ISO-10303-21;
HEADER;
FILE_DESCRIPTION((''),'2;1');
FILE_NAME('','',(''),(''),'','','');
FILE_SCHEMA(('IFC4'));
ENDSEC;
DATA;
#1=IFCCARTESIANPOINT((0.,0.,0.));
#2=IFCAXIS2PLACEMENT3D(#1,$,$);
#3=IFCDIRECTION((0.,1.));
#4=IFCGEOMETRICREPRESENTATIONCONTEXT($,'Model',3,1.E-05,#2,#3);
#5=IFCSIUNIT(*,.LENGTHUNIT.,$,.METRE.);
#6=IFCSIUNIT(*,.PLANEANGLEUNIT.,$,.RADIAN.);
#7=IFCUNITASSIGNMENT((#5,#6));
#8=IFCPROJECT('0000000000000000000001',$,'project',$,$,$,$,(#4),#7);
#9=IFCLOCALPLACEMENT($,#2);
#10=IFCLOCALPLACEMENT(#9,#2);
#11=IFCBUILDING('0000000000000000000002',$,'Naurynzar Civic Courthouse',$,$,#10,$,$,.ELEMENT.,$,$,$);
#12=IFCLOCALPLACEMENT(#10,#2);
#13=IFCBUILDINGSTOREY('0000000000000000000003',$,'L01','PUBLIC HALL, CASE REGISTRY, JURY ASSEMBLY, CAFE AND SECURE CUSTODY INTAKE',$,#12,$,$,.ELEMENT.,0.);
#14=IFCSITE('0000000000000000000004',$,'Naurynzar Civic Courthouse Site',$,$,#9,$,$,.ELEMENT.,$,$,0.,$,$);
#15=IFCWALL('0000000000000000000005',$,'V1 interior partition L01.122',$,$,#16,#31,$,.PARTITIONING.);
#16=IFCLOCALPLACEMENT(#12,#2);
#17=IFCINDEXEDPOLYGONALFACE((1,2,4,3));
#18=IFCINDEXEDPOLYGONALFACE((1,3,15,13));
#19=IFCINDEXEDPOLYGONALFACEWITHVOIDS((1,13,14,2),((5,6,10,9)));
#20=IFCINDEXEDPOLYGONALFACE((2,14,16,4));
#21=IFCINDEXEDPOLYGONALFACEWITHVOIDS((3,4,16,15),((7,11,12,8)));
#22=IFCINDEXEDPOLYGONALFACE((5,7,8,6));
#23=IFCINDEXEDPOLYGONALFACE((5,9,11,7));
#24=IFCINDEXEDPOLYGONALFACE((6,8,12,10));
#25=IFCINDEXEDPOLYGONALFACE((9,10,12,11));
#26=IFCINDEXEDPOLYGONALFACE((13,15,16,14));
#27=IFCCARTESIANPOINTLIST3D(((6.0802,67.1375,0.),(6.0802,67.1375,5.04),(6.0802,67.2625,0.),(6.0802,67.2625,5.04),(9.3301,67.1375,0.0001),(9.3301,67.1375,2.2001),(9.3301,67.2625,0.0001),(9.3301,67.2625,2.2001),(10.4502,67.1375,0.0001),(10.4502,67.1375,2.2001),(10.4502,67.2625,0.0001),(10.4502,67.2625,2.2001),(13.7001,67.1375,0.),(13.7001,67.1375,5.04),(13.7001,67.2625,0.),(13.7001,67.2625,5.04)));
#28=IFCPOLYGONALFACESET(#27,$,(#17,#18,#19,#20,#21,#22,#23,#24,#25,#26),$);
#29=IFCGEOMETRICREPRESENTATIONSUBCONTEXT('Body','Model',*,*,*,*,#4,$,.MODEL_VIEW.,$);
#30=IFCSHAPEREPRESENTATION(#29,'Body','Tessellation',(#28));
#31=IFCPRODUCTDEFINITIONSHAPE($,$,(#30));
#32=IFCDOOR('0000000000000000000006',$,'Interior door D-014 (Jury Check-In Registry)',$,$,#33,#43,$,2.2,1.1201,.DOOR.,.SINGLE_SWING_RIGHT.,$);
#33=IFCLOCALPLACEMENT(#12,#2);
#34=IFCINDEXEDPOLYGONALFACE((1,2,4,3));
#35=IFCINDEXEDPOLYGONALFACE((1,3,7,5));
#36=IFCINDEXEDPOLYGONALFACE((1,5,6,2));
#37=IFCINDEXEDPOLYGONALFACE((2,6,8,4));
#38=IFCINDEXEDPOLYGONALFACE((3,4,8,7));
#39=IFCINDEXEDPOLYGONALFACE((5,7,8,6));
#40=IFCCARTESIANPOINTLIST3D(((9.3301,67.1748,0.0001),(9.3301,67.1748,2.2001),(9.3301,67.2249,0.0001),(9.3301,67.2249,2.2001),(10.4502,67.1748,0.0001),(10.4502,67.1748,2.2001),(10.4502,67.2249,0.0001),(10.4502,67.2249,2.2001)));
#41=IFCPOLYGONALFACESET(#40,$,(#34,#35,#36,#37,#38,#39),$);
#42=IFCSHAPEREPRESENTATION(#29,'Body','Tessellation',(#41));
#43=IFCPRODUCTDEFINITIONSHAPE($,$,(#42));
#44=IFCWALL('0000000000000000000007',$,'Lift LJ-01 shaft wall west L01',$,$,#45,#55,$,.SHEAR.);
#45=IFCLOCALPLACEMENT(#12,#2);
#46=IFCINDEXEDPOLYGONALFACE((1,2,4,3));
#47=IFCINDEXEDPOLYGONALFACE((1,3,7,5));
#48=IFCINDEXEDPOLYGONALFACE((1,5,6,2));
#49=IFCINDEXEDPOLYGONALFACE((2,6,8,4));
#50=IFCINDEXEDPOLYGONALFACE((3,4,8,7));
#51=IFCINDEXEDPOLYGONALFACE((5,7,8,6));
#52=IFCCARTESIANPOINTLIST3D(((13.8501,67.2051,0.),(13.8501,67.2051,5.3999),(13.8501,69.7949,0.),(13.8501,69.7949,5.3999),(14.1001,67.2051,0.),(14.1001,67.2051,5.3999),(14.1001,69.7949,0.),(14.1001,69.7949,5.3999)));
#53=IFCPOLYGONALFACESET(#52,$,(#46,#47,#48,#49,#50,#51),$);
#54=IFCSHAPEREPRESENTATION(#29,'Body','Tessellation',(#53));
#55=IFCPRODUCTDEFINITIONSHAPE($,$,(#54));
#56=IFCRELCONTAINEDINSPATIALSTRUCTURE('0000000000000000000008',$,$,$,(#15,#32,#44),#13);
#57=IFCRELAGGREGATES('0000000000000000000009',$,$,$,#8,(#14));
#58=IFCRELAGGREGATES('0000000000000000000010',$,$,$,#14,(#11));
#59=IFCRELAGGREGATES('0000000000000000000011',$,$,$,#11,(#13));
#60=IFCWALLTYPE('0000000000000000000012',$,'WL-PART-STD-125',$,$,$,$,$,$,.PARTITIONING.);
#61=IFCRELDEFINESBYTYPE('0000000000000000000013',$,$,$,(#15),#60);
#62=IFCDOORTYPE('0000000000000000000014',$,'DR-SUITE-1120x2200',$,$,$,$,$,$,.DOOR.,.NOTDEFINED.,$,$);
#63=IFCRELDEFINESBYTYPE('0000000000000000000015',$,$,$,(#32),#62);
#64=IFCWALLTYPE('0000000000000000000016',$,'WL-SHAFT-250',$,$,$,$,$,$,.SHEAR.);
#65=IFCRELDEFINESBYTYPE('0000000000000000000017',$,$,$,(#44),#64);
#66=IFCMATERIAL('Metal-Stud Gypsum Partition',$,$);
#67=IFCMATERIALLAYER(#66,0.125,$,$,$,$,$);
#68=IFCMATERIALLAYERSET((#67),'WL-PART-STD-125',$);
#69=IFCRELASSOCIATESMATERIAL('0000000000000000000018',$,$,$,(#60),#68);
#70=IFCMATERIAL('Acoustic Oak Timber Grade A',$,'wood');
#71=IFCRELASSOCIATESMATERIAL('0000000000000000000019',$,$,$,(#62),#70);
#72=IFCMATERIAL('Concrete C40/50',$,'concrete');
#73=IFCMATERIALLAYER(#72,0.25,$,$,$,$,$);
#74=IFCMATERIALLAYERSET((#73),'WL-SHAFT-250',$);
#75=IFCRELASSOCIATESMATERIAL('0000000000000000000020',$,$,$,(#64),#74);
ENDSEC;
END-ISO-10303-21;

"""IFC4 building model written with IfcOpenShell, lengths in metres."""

from ifc_helpers import new_model, si_unit, direction, frame, frame_2d, origin, place, context, subcontext, project, spatial, rectangle, extrude, material, layer, layer_set, type_object, element, fill, save


model = new_model("IFC4")

# Units and contexts
model_context = context("Model", 3, precision=1e-05, world=origin(), true_north=direction((0.0, 1.0)))
body_context = subcontext(model_context, "Body", "Model", "MODEL_VIEW")
ifc_project = project(units=[si_unit("LENGTHUNIT", "METRE"), si_unit("PLANEANGLEUNIT", "RADIAN")], contexts=[model_context])

# Site, building, storey
site_placement = place(None, origin())
site = spatial("IfcSite", under=ifc_project, at=site_placement, Name="Naurynzar Civic Courthouse Site", CompositionType="ELEMENT", RefElevation=0.0)
building_placement = place(site_placement, origin())
building = spatial("IfcBuilding", under=site, at=building_placement, Name="Naurynzar Civic Courthouse", CompositionType="ELEMENT")
storey_placement = place(building_placement, origin())
storey = spatial("IfcBuildingStorey", under=building, at=storey_placement, Name="L01", Description="PUBLIC HALL, CASE REGISTRY, JURY ASSEMBLY, CAFE AND SECURE CUSTODY INTAKE", CompositionType="ELEMENT", Elevation=0.0)

# Wall, opening, door
ifc_material_1 = material(Name="Metal-Stud Gypsum Partition")
ifc_layer_1 = layer(ifc_material_1, 0.125)
ifc_layer_set_1 = layer_set([ifc_layer_1], Name="WL-PART-STD-125")
wall_type_1 = type_object("IfcWallType", Name="WL-PART-STD-125", PredefinedType="PARTITIONING", material=ifc_layer_set_1)
wall_1_placement = place(storey_placement, frame((6.0801, 67.2, 0.0), z_axis=(0.0, 0.0, 1.0), x_axis=(1.0, 0.0, 0.0)))
wall_1 = element("IfcWall", 1, at=wall_1_placement, inside=storey, type_object=wall_type_1, Name="V1 interior partition L01.122", PredefinedType="PARTITIONING", context=body_context, shape_type="SweptSolid", body=[
    extrude(rectangle(XDim=7.6199, YDim=0.125, at=frame_2d((3.8101, 0.0))), origin(), (0.0, 0.0, 1.0), 5.04),
])
opening_1_placement = place(wall_1_placement, frame((3.25, 0.0, 0.0)))
opening_1 = element("IfcOpeningElement", 2, at=opening_1_placement, cuts=wall_1, PredefinedType="OPENING", context=body_context, shape_type="SweptSolid", body=[
    extrude(rectangle(XDim=1.1201, YDim=2.2, at=frame_2d((0.5601, 1.1001))), frame((0.0, 0.0725, 0.0), z_axis=(0.0, -1.0, 0.0), x_axis=(1.0, 0.0, 0.0)), (0.0, 0.0, 1.0), 0.145),
])
ifc_material_2 = material(Name="Acoustic Oak Timber Grade A", Category="wood")
door_type_1 = type_object("IfcDoorType", Name="DR-SUITE-1120x2200", OperationType="NOTDEFINED", PredefinedType="DOOR", material=ifc_material_2)
door_1_placement = place(opening_1_placement, origin())
door_1 = element("IfcDoor", 3, at=door_1_placement, inside=storey, type_object=door_type_1, Name="Interior door D-014 (Jury Check-In Registry)", OperationType="SINGLE_SWING_RIGHT", OverallHeight=2.2, OverallWidth=1.1201, PredefinedType="DOOR", context=body_context, shape_type="SweptSolid", body=[
    extrude(rectangle(XDim=1.1201, YDim=2.2, at=frame_2d((0.5601, 1.1001))), frame((0.0, 0.0249, 0.0), z_axis=(0.0, -1.0, 0.0), x_axis=(1.0, 0.0, 0.0)), (0.0, 0.0, 1.0), 0.05),
])
fill(opening_1, door_1)
ifc_material_3 = material(Name="Concrete C40/50", Category="concrete")
ifc_layer_2 = layer(ifc_material_3, 0.25)
ifc_layer_set_2 = layer_set([ifc_layer_2], Name="WL-SHAFT-250")
wall_type_2 = type_object("IfcWallType", Name="WL-SHAFT-250", PredefinedType="SHEAR", material=ifc_layer_set_2)

# Wall
wall_2_placement = place(storey_placement, frame((13.9751, 69.7949, 0.0), z_axis=(0.0, 0.0, 1.0), x_axis=(0.0, -1.0, 0.0)))
element("IfcWall", 4, at=wall_2_placement, inside=storey, type_object=wall_type_2, Name="Lift LJ-01 shaft wall west L01", PredefinedType="SHEAR", context=body_context, shape_type="SweptSolid", body=[
    extrude(rectangle(XDim=2.5898, YDim=0.25, at=frame_2d((1.2949, 0.0))), origin(), (0.0, 0.0, 1.0), 5.3999),
])

save(model, "model.ifc")
